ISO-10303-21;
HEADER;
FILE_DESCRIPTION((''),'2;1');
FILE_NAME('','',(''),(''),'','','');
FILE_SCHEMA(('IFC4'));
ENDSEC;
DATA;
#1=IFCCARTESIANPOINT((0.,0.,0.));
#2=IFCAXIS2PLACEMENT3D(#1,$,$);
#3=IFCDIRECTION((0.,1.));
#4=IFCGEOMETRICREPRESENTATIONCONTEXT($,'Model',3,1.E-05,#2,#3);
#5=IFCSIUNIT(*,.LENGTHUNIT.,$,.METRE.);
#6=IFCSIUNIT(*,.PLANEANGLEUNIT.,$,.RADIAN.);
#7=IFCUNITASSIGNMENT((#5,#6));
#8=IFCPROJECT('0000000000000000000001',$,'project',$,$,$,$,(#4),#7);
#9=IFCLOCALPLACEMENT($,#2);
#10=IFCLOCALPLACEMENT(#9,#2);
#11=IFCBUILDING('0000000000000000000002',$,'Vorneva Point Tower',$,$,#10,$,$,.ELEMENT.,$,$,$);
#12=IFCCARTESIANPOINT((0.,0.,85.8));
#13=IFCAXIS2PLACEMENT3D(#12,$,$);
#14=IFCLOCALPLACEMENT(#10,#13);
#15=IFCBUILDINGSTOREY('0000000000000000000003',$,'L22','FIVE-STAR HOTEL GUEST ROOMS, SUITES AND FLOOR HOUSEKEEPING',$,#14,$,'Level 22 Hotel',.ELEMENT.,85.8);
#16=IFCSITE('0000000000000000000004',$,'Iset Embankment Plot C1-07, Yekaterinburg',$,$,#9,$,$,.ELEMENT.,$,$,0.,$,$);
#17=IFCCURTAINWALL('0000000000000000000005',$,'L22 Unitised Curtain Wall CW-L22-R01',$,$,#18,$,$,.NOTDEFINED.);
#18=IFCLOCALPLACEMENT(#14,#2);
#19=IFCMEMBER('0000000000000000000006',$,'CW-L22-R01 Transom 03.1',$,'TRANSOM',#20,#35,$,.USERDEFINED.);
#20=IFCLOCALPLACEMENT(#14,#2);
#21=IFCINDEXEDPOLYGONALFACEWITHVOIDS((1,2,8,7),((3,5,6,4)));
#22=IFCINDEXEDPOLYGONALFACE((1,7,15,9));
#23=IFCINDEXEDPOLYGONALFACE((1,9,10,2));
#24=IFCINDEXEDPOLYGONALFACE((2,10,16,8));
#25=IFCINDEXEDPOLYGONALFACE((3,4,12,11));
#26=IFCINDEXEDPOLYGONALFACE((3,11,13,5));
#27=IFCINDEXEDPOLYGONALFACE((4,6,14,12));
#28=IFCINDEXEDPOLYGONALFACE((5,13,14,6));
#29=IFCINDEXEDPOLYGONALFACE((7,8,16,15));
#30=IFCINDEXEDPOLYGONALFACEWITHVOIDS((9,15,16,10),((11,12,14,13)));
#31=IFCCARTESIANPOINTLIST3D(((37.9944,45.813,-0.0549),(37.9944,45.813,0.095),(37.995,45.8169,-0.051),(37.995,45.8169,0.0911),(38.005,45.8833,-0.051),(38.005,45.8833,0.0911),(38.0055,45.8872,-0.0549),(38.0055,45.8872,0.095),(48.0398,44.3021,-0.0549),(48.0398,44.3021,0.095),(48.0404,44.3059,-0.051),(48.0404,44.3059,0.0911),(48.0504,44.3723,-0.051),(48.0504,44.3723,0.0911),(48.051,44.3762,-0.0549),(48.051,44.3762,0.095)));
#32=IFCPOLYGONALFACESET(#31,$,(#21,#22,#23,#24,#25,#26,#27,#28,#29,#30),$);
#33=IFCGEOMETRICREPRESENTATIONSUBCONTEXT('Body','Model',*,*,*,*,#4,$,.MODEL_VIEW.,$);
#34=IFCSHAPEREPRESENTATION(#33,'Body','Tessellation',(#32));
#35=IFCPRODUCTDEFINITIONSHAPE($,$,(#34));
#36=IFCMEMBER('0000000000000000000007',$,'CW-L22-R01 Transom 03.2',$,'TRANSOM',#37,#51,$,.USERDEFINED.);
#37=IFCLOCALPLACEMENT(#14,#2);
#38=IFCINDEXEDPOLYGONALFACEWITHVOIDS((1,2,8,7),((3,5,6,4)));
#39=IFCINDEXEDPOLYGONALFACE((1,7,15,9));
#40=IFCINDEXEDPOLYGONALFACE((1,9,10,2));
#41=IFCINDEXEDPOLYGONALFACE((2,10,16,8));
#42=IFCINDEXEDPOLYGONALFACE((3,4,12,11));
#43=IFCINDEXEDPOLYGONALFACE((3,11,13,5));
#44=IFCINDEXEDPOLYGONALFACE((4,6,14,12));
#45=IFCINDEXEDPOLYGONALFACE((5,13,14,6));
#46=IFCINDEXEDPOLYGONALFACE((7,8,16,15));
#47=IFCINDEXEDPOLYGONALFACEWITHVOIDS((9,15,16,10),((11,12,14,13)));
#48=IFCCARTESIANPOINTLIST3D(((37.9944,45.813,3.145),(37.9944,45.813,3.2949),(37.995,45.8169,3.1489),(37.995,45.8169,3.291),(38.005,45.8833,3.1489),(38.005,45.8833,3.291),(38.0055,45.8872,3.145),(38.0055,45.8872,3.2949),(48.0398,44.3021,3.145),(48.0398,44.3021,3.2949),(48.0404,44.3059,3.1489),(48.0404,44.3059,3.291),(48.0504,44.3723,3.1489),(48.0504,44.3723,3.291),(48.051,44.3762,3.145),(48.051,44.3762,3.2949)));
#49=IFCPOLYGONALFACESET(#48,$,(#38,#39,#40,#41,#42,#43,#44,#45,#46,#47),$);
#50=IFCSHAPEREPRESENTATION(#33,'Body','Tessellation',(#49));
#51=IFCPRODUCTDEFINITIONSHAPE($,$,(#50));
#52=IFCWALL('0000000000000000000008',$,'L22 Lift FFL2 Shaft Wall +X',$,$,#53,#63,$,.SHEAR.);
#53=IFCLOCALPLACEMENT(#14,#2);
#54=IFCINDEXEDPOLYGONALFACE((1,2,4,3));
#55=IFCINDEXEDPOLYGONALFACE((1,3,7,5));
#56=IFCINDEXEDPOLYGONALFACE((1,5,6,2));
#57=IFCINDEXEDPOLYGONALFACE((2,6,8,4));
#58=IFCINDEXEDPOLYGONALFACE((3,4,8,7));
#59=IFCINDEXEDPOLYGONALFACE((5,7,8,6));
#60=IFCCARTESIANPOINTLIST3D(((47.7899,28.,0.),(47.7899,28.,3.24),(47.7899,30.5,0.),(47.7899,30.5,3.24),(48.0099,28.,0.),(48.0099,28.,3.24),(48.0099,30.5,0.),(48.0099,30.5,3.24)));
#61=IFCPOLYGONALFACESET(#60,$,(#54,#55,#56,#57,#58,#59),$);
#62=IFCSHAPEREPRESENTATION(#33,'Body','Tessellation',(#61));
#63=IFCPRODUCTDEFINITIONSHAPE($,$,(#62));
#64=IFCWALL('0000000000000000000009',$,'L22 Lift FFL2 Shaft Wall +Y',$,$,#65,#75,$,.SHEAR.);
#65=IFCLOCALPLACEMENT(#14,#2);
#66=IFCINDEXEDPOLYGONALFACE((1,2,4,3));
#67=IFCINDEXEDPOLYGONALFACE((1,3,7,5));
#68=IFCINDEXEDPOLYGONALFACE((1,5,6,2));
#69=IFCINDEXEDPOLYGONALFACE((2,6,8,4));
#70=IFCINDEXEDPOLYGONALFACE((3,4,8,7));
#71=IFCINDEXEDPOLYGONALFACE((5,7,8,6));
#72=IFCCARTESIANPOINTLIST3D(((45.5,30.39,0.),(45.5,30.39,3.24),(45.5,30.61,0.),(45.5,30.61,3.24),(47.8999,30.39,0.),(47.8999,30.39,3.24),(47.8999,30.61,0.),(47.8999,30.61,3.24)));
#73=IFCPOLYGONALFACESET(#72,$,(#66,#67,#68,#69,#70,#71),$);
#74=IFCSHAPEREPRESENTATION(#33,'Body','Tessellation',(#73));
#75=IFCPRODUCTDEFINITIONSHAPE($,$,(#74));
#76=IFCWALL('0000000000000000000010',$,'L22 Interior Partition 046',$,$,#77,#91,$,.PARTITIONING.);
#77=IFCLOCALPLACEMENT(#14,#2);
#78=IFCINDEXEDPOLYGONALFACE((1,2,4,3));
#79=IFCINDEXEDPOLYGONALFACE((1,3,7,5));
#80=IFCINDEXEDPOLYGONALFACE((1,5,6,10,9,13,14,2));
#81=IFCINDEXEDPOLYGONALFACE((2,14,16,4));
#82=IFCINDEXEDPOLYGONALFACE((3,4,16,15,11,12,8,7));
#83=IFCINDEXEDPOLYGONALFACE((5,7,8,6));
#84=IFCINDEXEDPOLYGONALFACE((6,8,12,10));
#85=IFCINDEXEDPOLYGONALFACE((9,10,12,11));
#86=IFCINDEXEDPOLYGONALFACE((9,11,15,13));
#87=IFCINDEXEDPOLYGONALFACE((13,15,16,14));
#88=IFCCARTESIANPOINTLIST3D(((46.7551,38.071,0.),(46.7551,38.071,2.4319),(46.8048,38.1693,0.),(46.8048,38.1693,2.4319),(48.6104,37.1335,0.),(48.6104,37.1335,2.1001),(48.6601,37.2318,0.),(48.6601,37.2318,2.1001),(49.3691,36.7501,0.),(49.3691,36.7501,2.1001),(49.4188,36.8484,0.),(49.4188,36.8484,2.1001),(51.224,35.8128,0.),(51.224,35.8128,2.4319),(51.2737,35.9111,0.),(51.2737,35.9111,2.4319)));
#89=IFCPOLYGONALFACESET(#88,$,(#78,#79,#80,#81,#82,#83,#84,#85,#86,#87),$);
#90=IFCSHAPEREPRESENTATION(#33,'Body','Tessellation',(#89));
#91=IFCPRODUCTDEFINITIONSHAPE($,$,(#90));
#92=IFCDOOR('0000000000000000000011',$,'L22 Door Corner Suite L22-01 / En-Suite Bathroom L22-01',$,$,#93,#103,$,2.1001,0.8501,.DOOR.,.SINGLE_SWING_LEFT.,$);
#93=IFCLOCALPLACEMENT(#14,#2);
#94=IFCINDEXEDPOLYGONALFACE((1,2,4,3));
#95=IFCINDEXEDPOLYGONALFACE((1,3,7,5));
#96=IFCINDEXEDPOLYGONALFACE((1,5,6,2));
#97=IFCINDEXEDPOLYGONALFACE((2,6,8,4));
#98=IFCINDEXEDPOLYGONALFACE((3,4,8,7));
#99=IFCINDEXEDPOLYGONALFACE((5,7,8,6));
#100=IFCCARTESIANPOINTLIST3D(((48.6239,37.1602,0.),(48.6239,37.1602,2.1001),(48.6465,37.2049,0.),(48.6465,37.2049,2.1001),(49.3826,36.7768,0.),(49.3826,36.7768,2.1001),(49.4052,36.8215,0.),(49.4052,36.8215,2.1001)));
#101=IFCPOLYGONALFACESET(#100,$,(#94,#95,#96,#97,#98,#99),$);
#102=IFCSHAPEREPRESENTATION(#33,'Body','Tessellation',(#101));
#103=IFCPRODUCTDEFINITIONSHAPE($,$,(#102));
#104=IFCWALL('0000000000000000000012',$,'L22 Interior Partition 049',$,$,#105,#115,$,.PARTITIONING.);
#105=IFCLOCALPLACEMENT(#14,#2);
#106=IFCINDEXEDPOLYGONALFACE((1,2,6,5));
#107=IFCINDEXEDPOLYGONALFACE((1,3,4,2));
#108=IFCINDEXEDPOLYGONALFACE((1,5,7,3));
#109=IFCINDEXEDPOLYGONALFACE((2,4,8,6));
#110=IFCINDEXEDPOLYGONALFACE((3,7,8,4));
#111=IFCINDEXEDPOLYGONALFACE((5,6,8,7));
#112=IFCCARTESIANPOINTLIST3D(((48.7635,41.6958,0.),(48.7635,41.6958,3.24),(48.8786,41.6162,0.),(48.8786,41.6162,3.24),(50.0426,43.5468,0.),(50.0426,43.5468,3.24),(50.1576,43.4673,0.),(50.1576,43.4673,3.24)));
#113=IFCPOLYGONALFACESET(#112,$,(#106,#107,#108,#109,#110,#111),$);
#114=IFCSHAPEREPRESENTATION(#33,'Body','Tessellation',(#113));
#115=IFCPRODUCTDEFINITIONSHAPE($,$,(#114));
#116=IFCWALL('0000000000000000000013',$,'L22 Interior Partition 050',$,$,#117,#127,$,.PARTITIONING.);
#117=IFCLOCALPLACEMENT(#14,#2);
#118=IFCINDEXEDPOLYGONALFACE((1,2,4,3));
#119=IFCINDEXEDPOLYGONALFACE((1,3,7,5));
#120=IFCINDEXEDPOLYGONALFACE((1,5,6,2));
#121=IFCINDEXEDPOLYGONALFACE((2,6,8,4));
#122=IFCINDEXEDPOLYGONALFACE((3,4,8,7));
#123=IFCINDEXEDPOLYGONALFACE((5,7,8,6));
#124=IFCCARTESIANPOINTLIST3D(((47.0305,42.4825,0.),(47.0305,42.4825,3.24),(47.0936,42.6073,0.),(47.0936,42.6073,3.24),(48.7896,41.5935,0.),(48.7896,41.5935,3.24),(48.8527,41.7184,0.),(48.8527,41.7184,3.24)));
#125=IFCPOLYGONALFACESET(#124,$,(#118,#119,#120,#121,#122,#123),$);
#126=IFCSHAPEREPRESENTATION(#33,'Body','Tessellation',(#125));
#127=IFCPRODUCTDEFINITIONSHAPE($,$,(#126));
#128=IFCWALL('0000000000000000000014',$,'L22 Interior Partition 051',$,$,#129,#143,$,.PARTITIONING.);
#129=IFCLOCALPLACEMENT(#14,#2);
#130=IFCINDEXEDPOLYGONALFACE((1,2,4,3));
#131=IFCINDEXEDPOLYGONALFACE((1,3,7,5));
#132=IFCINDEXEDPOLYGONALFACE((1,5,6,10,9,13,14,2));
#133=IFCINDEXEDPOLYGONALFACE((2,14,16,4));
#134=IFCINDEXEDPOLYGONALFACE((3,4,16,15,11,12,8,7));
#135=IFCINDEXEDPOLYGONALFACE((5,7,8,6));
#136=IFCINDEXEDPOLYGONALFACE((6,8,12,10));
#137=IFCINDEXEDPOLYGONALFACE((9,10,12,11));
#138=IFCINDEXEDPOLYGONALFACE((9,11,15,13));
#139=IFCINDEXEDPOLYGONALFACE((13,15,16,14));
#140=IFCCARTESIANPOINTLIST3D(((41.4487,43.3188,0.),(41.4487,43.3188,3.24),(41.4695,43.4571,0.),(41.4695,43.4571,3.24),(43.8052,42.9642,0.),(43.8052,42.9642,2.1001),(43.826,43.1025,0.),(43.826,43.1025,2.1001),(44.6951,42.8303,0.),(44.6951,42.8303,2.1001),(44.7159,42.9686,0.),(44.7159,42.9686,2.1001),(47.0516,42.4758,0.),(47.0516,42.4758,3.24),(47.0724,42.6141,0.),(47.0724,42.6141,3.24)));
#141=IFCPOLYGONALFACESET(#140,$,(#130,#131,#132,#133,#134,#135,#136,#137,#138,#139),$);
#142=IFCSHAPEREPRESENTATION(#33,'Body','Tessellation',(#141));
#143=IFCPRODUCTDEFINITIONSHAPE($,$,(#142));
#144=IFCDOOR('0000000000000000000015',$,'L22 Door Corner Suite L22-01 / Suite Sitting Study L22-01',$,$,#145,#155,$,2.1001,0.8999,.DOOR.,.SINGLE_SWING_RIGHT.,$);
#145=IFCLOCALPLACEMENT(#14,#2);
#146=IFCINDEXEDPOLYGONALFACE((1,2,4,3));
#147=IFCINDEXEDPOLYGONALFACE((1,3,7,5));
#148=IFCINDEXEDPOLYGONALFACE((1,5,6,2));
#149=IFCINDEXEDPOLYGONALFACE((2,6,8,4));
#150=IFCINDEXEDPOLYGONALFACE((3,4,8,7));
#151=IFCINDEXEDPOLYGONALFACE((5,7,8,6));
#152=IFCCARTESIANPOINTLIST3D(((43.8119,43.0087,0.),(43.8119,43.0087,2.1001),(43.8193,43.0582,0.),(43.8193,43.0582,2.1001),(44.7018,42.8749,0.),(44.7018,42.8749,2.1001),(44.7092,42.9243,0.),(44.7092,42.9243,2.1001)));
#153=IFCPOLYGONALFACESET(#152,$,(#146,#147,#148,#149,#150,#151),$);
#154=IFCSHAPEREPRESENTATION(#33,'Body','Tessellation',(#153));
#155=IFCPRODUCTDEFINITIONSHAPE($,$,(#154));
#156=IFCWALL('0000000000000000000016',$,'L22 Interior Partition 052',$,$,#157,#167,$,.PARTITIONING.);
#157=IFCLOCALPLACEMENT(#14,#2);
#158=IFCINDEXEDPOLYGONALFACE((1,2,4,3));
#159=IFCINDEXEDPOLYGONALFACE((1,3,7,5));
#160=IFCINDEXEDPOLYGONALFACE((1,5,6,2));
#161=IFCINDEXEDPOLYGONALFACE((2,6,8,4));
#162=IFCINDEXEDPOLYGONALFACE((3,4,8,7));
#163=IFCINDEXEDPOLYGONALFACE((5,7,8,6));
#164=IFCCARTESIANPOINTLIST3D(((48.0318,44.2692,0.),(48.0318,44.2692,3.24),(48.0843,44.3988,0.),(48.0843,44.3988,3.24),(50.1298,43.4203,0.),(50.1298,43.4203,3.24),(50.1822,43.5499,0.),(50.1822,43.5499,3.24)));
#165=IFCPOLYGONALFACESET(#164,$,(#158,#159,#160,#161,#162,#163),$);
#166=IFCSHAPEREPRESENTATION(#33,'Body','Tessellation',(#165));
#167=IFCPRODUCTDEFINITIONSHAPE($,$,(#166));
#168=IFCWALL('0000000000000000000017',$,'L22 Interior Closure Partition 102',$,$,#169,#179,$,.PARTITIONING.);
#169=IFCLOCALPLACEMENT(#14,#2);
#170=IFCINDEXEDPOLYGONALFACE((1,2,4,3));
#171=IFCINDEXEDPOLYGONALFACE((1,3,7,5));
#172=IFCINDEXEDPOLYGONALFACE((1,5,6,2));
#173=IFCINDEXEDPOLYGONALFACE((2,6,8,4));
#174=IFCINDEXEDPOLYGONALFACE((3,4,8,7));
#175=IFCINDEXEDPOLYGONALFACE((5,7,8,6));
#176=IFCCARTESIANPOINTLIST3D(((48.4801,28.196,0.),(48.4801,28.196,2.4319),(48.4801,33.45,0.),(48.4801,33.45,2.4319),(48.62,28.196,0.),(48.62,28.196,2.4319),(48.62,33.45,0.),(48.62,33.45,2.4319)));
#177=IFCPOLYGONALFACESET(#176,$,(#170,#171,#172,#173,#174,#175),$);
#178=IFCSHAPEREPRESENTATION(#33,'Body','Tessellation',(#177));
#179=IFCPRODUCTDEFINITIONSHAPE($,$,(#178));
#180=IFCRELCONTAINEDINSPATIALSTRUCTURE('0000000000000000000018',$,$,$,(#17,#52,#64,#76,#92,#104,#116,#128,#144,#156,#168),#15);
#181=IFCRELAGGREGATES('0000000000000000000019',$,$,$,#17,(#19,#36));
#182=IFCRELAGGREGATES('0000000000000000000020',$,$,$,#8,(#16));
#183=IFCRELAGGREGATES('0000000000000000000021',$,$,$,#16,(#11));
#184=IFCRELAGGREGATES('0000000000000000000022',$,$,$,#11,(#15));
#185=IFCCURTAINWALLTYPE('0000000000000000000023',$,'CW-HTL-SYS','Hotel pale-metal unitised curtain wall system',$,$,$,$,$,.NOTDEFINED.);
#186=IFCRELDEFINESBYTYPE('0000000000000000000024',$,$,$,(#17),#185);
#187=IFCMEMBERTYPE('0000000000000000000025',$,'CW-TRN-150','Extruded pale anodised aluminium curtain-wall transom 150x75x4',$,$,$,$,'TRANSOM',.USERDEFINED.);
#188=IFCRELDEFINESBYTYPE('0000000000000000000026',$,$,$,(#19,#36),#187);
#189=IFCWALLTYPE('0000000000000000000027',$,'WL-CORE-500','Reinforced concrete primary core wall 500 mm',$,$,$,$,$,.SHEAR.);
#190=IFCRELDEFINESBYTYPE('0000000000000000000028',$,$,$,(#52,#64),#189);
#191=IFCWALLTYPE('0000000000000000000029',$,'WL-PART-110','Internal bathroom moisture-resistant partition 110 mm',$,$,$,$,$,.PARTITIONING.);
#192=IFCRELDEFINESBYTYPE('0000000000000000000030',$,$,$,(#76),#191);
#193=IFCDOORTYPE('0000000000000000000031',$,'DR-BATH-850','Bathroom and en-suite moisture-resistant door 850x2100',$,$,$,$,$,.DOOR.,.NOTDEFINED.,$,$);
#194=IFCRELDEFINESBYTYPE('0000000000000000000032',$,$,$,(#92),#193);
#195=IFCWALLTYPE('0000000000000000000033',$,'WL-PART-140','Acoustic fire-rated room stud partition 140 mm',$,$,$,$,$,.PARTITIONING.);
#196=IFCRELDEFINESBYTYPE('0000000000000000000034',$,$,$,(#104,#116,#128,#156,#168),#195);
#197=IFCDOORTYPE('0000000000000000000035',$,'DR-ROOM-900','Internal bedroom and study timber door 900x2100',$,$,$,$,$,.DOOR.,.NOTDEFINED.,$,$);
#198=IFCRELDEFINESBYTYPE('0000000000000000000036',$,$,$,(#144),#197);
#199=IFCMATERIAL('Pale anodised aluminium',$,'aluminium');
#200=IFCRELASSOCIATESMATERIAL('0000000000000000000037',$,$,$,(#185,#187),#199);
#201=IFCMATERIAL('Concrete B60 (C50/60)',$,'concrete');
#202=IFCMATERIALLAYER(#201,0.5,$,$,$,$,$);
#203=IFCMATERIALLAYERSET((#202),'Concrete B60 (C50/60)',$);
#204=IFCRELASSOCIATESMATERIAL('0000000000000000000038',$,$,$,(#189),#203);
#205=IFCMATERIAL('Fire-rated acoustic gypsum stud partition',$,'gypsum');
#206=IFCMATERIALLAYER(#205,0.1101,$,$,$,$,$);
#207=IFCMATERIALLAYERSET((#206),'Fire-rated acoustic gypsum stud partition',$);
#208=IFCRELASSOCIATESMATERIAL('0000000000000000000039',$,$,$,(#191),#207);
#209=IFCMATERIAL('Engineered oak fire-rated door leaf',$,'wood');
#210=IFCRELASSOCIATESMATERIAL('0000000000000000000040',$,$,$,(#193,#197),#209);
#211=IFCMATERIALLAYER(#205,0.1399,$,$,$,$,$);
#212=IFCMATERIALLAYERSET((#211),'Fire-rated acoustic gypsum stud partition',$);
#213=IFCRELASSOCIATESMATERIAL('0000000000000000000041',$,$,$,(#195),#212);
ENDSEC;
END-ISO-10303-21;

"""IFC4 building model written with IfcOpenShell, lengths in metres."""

from ifc_helpers import new_model, si_unit, direction, frame, frame_2d, origin, origin_2d, place, context, subcontext, project, spatial, rectangle, hollow_rectangle, extrude, material, layer, layer_set, material_profile, profile_set, type_object, element, fill, aggregate, save


model = new_model("IFC4")

# Units and contexts
model_context = context("Model", 3, precision=1e-05, world=origin(), true_north=direction((0.0, 1.0)))
body_context = subcontext(model_context, "Body", "Model", "MODEL_VIEW")
ifc_project = project(units=[si_unit("LENGTHUNIT", "METRE"), si_unit("PLANEANGLEUNIT", "RADIAN")], contexts=[model_context])

# Site, building, storey
site_placement = place(None, origin())
site = spatial("IfcSite", under=ifc_project, at=site_placement, Name="Iset Embankment Plot C1-07, Yekaterinburg", CompositionType="ELEMENT", RefElevation=0.0)
building_placement = place(site_placement, origin())
building = spatial("IfcBuilding", under=site, at=building_placement, Name="Vorneva Point Tower", CompositionType="ELEMENT")
storey_placement = place(building_placement, frame((0.0, 0.0, 85.8)))
storey = spatial("IfcBuildingStorey", under=building, at=storey_placement, Name="L22", Description="FIVE-STAR HOTEL GUEST ROOMS, SUITES AND FLOOR HOUSEKEEPING", LongName="Level 22 Hotel", CompositionType="ELEMENT", Elevation=85.8)

# Shared definitions
ifc_material_1 = material(Name="Concrete B60 (C50/60)", Category="concrete")

# Curtain wall, members
ifc_material_2 = material(Name="Pale anodised aluminium", Category="aluminium")
curtain_wall_type = type_object("IfcCurtainWallType", Name="CW-HTL-SYS", Description="Hotel pale-metal unitised curtain wall system", PredefinedType="NOTDEFINED", material=ifc_material_2)
curtain_wall_placement = place(storey_placement, origin())
curtain_wall = element("IfcCurtainWall", 1, at=curtain_wall_placement, inside=storey, type_object=curtain_wall_type, Name="L22 Unitised Curtain Wall CW-L22-R01", PredefinedType="NOTDEFINED")
ifc_material_profile_1 = material_profile(ifc_material_2, hollow_rectangle(XDim=0.075, YDim=0.1499, WallThickness=0.0039, at=origin_2d()), Name="AL-TRN 150x75x4")
ifc_profile_set_1 = profile_set([ifc_material_profile_1], Name="Pale anodised aluminium")
member_type_1 = type_object("IfcMemberType", Name="CW-TRN-150", Description="Extruded pale anodised aluminium curtain-wall transom 150x75x4", ElementType="TRANSOM", PredefinedType="USERDEFINED", material=ifc_profile_set_1)
member_1_placement = place(storey_placement, frame((48.0454, 44.3391, 0.02), z_axis=(-0.988876, 0.148742, 0.0), x_axis=(-0.148742, -0.988876, 0.0)))
member_1 = element("IfcMember", 2, at=member_1_placement, type_object=member_type_1, Name="CW-L22-R01 Transom 03.1", ObjectType="TRANSOM", PredefinedType="USERDEFINED", context=body_context, shape_type="SweptSolid", body=[
    extrude(hollow_rectangle(XDim=0.075, YDim=0.1499, WallThickness=0.0039, at=origin_2d()), origin(), (0.0, 0.0, 1.0), 10.1584),
])
member_2_placement = place(storey_placement, frame((48.0454, 44.3391, 3.22), z_axis=(-0.988876, 0.148742, 0.0), x_axis=(-0.148742, -0.988876, 0.0)))
member_2 = element("IfcMember", 3, at=member_2_placement, type_object=member_type_1, Name="CW-L22-R01 Transom 03.2", ObjectType="TRANSOM", PredefinedType="USERDEFINED", context=body_context, shape_type="SweptSolid", body=[
    extrude(hollow_rectangle(XDim=0.075, YDim=0.1499, WallThickness=0.0039, at=origin_2d()), origin(), (0.0, 0.0, 1.0), 10.1584),
])
aggregate(curtain_wall, [member_1, member_2])

# Walls
ifc_layer_1 = layer(ifc_material_1, 0.5)
ifc_layer_set_1 = layer_set([ifc_layer_1], Name="Concrete B60 (C50/60)")
wall_type_1 = type_object("IfcWallType", Name="WL-CORE-500", Description="Reinforced concrete primary core wall 500 mm", PredefinedType="SHEAR", material=ifc_layer_set_1)
wall_1_placement = place(storey_placement, frame((47.8999, 28.0, 0.0), z_axis=(0.0, 0.0, 1.0), x_axis=(0.0, 1.0, 0.0)))
element("IfcWall", 4, at=wall_1_placement, inside=storey, type_object=wall_type_1, Name="L22 Lift FFL2 Shaft Wall +X", PredefinedType="SHEAR", context=body_context, shape_type="SweptSolid", body=[
    extrude(rectangle(XDim=2.5, YDim=0.22, at=frame_2d((1.25, 0.0))), origin(), (0.0, 0.0, 1.0), 3.24),
])
wall_2_placement = place(storey_placement, frame((47.8999, 30.5, 0.0), z_axis=(0.0, 0.0, 1.0), x_axis=(-1.0, 0.0, 0.0)))
element("IfcWall", 5, at=wall_2_placement, inside=storey, type_object=wall_type_1, Name="L22 Lift FFL2 Shaft Wall +Y", PredefinedType="SHEAR", context=body_context, shape_type="SweptSolid", body=[
    extrude(rectangle(XDim=2.3999, YDim=0.22, at=frame_2d((1.2, 0.0))), origin(), (0.0, 0.0, 1.0), 3.24),
])

# Wall, opening, door
ifc_material_3 = material(Name="Fire-rated acoustic gypsum stud partition", Category="gypsum")
ifc_layer_2 = layer(ifc_material_3, 0.1101)
ifc_layer_set_2 = layer_set([ifc_layer_2], Name="Fire-rated acoustic gypsum stud partition")
wall_type_2 = type_object("IfcWallType", Name="WL-PART-110", Description="Internal bathroom moisture-resistant partition 110 mm", PredefinedType="PARTITIONING", material=ifc_layer_set_2)
wall_3_placement = place(storey_placement, frame((46.78, 38.1201, 0.0), z_axis=(0.0, 0.0, 1.0), x_axis=(0.892518, -0.451013, 0.0)))
wall_3 = element("IfcWall", 6, at=wall_3_placement, inside=storey, type_object=wall_type_2, Name="L22 Interior Partition 046", PredefinedType="PARTITIONING", context=body_context, shape_type="SweptSolid", body=[
    extrude(rectangle(XDim=5.0071, YDim=0.1101, at=frame_2d((2.5034, 0.0))), origin(), (0.0, 0.0, 1.0), 2.4319),
])
opening_1_placement = place(wall_3_placement, frame((2.0786, 0.0, 0.0)))
opening_1 = element("IfcOpeningElement", 7, at=opening_1_placement, cuts=wall_3, PredefinedType="OPENING", context=body_context, shape_type="SweptSolid", body=[
    extrude(rectangle(XDim=0.8501, YDim=2.1001, at=frame_2d((0.425, 1.05))), frame((0.0, 0.0698, 0.0), z_axis=(0.0, -1.0, 0.0), x_axis=(1.0, 0.0, 0.0)), (0.0, 0.0, 1.0), 0.1399),
])
ifc_material_4 = material(Name="Engineered oak fire-rated door leaf", Category="wood")
door_type_1 = type_object("IfcDoorType", Name="DR-BATH-850", Description="Bathroom and en-suite moisture-resistant door 850x2100", OperationType="NOTDEFINED", PredefinedType="DOOR", material=ifc_material_4)
door_1_placement = place(opening_1_placement, origin())
door_1 = element("IfcDoor", 8, at=door_1_placement, inside=storey, type_object=door_type_1, Name="L22 Door Corner Suite L22-01 / En-Suite Bathroom L22-01", OperationType="SINGLE_SWING_LEFT", OverallHeight=2.1001, OverallWidth=0.8501, PredefinedType="DOOR", context=body_context, shape_type="SweptSolid", body=[
    extrude(rectangle(XDim=0.8501, YDim=2.1001, at=frame_2d((0.425, 1.05))), frame((0.0, 0.0249, 0.0), z_axis=(0.0, -1.0, 0.0), x_axis=(1.0, 0.0, 0.0)), (0.0, 0.0, 1.0), 0.05),
])
fill(opening_1, door_1)

# Walls
ifc_layer_3 = layer(ifc_material_3, 0.1399)
ifc_layer_set_3 = layer_set([ifc_layer_3], Name="Fire-rated acoustic gypsum stud partition")
wall_type_3 = type_object("IfcWallType", Name="WL-PART-140", Description="Acoustic fire-rated room stud partition 140 mm", PredefinedType="PARTITIONING", material=ifc_layer_set_3)
wall_4_placement = place(storey_placement, frame((50.1001, 43.5071, 0.0), z_axis=(0.0, 0.0, 1.0), x_axis=(-0.568471, -0.822704, 0.0)))
element("IfcWall", 9, at=wall_4_placement, inside=storey, type_object=wall_type_3, Name="L22 Interior Partition 049", PredefinedType="PARTITIONING", context=body_context, shape_type="SweptSolid", body=[
    extrude(rectangle(XDim=2.25, YDim=0.1399, at=frame_2d((1.125, 0.0))), origin(), (0.0, 0.0, 1.0), 3.24),
])
wall_5_placement = place(storey_placement, frame((48.821, 41.656, 0.0), z_axis=(0.0, 0.0, 1.0), x_axis=(-0.892511, 0.451025, 0.0)))
element("IfcWall", 10, at=wall_5_placement, inside=storey, type_object=wall_type_3, Name="L22 Interior Partition 050", PredefinedType="PARTITIONING", context=body_context, shape_type="SweptSolid", body=[
    extrude(rectangle(XDim=1.9709, YDim=0.1399, at=frame_2d((0.9854, 0.0))), origin(), (0.0, 0.0, 1.0), 3.24),
])

# Wall, opening, door
wall_6_placement = place(storey_placement, frame((47.062, 42.5449, 0.0), z_axis=(0.0, 0.0, 1.0), x_axis=(-0.98887, 0.148783, 0.0)))
wall_6 = element("IfcWall", 11, at=wall_6_placement, inside=storey, type_object=wall_type_3, Name="L22 Interior Partition 051", PredefinedType="PARTITIONING", context=body_context, shape_type="SweptSolid", body=[
    extrude(rectangle(XDim=5.666, YDim=0.1399, at=frame_2d((2.833, 0.0))), origin(), (0.0, 0.0, 1.0), 3.24),
])
opening_2_placement = place(wall_6_placement, frame((2.3831, 0.0, 0.0)))
opening_2 = element("IfcOpeningElement", 12, at=opening_2_placement, cuts=wall_6, PredefinedType="OPENING", context=body_context, shape_type="SweptSolid", body=[
    extrude(rectangle(XDim=0.8999, YDim=2.1001, at=frame_2d((0.45, 1.05))), frame((0.0, 0.085, 0.0), z_axis=(0.0, -1.0, 0.0), x_axis=(1.0, 0.0, 0.0)), (0.0, 0.0, 1.0), 0.1697),
])
door_type_2 = type_object("IfcDoorType", Name="DR-ROOM-900", Description="Internal bedroom and study timber door 900x2100", OperationType="NOTDEFINED", PredefinedType="DOOR", material=ifc_material_4)
door_2_placement = place(opening_2_placement, origin())
door_2 = element("IfcDoor", 13, at=door_2_placement, inside=storey, type_object=door_type_2, Name="L22 Door Corner Suite L22-01 / Suite Sitting Study L22-01", OperationType="SINGLE_SWING_RIGHT", OverallHeight=2.1001, OverallWidth=0.8999, PredefinedType="DOOR", context=body_context, shape_type="SweptSolid", body=[
    extrude(rectangle(XDim=0.8999, YDim=2.1001, at=frame_2d((0.45, 1.05))), frame((0.0, 0.0249, 0.0), z_axis=(0.0, -1.0, 0.0), x_axis=(1.0, 0.0, 0.0)), (0.0, 0.0, 1.0), 0.05),
])
fill(opening_2, door_2)

# Walls
wall_7_placement = place(storey_placement, frame((50.156, 43.4851, 0.0), z_axis=(0.0, 0.0, 1.0), x_axis=(-0.926989, 0.375089, 0.0)))
element("IfcWall", 14, at=wall_7_placement, inside=storey, type_object=wall_type_3, Name="L22 Interior Partition 052", PredefinedType="PARTITIONING", context=body_context, shape_type="SweptSolid", body=[
    extrude(rectangle(XDim=2.2632, YDim=0.1399, at=frame_2d((1.1316, 0.0))), origin(), (0.0, 0.0, 1.0), 3.24),
])
wall_8_placement = place(storey_placement, frame((48.55, 33.45, 0.0), z_axis=(0.0, 0.0, 1.0), x_axis=(0.0, -1.0, 0.0)))
element("IfcWall", 15, at=wall_8_placement, inside=storey, type_object=wall_type_3, Name="L22 Interior Closure Partition 102", PredefinedType="PARTITIONING", context=body_context, shape_type="SweptSolid", body=[
    extrude(rectangle(XDim=5.2539, YDim=0.1399, at=frame_2d((2.627, 0.0))), origin(), (0.0, 0.0, 1.0), 2.4319),
])

save(model, "model.ifc")
